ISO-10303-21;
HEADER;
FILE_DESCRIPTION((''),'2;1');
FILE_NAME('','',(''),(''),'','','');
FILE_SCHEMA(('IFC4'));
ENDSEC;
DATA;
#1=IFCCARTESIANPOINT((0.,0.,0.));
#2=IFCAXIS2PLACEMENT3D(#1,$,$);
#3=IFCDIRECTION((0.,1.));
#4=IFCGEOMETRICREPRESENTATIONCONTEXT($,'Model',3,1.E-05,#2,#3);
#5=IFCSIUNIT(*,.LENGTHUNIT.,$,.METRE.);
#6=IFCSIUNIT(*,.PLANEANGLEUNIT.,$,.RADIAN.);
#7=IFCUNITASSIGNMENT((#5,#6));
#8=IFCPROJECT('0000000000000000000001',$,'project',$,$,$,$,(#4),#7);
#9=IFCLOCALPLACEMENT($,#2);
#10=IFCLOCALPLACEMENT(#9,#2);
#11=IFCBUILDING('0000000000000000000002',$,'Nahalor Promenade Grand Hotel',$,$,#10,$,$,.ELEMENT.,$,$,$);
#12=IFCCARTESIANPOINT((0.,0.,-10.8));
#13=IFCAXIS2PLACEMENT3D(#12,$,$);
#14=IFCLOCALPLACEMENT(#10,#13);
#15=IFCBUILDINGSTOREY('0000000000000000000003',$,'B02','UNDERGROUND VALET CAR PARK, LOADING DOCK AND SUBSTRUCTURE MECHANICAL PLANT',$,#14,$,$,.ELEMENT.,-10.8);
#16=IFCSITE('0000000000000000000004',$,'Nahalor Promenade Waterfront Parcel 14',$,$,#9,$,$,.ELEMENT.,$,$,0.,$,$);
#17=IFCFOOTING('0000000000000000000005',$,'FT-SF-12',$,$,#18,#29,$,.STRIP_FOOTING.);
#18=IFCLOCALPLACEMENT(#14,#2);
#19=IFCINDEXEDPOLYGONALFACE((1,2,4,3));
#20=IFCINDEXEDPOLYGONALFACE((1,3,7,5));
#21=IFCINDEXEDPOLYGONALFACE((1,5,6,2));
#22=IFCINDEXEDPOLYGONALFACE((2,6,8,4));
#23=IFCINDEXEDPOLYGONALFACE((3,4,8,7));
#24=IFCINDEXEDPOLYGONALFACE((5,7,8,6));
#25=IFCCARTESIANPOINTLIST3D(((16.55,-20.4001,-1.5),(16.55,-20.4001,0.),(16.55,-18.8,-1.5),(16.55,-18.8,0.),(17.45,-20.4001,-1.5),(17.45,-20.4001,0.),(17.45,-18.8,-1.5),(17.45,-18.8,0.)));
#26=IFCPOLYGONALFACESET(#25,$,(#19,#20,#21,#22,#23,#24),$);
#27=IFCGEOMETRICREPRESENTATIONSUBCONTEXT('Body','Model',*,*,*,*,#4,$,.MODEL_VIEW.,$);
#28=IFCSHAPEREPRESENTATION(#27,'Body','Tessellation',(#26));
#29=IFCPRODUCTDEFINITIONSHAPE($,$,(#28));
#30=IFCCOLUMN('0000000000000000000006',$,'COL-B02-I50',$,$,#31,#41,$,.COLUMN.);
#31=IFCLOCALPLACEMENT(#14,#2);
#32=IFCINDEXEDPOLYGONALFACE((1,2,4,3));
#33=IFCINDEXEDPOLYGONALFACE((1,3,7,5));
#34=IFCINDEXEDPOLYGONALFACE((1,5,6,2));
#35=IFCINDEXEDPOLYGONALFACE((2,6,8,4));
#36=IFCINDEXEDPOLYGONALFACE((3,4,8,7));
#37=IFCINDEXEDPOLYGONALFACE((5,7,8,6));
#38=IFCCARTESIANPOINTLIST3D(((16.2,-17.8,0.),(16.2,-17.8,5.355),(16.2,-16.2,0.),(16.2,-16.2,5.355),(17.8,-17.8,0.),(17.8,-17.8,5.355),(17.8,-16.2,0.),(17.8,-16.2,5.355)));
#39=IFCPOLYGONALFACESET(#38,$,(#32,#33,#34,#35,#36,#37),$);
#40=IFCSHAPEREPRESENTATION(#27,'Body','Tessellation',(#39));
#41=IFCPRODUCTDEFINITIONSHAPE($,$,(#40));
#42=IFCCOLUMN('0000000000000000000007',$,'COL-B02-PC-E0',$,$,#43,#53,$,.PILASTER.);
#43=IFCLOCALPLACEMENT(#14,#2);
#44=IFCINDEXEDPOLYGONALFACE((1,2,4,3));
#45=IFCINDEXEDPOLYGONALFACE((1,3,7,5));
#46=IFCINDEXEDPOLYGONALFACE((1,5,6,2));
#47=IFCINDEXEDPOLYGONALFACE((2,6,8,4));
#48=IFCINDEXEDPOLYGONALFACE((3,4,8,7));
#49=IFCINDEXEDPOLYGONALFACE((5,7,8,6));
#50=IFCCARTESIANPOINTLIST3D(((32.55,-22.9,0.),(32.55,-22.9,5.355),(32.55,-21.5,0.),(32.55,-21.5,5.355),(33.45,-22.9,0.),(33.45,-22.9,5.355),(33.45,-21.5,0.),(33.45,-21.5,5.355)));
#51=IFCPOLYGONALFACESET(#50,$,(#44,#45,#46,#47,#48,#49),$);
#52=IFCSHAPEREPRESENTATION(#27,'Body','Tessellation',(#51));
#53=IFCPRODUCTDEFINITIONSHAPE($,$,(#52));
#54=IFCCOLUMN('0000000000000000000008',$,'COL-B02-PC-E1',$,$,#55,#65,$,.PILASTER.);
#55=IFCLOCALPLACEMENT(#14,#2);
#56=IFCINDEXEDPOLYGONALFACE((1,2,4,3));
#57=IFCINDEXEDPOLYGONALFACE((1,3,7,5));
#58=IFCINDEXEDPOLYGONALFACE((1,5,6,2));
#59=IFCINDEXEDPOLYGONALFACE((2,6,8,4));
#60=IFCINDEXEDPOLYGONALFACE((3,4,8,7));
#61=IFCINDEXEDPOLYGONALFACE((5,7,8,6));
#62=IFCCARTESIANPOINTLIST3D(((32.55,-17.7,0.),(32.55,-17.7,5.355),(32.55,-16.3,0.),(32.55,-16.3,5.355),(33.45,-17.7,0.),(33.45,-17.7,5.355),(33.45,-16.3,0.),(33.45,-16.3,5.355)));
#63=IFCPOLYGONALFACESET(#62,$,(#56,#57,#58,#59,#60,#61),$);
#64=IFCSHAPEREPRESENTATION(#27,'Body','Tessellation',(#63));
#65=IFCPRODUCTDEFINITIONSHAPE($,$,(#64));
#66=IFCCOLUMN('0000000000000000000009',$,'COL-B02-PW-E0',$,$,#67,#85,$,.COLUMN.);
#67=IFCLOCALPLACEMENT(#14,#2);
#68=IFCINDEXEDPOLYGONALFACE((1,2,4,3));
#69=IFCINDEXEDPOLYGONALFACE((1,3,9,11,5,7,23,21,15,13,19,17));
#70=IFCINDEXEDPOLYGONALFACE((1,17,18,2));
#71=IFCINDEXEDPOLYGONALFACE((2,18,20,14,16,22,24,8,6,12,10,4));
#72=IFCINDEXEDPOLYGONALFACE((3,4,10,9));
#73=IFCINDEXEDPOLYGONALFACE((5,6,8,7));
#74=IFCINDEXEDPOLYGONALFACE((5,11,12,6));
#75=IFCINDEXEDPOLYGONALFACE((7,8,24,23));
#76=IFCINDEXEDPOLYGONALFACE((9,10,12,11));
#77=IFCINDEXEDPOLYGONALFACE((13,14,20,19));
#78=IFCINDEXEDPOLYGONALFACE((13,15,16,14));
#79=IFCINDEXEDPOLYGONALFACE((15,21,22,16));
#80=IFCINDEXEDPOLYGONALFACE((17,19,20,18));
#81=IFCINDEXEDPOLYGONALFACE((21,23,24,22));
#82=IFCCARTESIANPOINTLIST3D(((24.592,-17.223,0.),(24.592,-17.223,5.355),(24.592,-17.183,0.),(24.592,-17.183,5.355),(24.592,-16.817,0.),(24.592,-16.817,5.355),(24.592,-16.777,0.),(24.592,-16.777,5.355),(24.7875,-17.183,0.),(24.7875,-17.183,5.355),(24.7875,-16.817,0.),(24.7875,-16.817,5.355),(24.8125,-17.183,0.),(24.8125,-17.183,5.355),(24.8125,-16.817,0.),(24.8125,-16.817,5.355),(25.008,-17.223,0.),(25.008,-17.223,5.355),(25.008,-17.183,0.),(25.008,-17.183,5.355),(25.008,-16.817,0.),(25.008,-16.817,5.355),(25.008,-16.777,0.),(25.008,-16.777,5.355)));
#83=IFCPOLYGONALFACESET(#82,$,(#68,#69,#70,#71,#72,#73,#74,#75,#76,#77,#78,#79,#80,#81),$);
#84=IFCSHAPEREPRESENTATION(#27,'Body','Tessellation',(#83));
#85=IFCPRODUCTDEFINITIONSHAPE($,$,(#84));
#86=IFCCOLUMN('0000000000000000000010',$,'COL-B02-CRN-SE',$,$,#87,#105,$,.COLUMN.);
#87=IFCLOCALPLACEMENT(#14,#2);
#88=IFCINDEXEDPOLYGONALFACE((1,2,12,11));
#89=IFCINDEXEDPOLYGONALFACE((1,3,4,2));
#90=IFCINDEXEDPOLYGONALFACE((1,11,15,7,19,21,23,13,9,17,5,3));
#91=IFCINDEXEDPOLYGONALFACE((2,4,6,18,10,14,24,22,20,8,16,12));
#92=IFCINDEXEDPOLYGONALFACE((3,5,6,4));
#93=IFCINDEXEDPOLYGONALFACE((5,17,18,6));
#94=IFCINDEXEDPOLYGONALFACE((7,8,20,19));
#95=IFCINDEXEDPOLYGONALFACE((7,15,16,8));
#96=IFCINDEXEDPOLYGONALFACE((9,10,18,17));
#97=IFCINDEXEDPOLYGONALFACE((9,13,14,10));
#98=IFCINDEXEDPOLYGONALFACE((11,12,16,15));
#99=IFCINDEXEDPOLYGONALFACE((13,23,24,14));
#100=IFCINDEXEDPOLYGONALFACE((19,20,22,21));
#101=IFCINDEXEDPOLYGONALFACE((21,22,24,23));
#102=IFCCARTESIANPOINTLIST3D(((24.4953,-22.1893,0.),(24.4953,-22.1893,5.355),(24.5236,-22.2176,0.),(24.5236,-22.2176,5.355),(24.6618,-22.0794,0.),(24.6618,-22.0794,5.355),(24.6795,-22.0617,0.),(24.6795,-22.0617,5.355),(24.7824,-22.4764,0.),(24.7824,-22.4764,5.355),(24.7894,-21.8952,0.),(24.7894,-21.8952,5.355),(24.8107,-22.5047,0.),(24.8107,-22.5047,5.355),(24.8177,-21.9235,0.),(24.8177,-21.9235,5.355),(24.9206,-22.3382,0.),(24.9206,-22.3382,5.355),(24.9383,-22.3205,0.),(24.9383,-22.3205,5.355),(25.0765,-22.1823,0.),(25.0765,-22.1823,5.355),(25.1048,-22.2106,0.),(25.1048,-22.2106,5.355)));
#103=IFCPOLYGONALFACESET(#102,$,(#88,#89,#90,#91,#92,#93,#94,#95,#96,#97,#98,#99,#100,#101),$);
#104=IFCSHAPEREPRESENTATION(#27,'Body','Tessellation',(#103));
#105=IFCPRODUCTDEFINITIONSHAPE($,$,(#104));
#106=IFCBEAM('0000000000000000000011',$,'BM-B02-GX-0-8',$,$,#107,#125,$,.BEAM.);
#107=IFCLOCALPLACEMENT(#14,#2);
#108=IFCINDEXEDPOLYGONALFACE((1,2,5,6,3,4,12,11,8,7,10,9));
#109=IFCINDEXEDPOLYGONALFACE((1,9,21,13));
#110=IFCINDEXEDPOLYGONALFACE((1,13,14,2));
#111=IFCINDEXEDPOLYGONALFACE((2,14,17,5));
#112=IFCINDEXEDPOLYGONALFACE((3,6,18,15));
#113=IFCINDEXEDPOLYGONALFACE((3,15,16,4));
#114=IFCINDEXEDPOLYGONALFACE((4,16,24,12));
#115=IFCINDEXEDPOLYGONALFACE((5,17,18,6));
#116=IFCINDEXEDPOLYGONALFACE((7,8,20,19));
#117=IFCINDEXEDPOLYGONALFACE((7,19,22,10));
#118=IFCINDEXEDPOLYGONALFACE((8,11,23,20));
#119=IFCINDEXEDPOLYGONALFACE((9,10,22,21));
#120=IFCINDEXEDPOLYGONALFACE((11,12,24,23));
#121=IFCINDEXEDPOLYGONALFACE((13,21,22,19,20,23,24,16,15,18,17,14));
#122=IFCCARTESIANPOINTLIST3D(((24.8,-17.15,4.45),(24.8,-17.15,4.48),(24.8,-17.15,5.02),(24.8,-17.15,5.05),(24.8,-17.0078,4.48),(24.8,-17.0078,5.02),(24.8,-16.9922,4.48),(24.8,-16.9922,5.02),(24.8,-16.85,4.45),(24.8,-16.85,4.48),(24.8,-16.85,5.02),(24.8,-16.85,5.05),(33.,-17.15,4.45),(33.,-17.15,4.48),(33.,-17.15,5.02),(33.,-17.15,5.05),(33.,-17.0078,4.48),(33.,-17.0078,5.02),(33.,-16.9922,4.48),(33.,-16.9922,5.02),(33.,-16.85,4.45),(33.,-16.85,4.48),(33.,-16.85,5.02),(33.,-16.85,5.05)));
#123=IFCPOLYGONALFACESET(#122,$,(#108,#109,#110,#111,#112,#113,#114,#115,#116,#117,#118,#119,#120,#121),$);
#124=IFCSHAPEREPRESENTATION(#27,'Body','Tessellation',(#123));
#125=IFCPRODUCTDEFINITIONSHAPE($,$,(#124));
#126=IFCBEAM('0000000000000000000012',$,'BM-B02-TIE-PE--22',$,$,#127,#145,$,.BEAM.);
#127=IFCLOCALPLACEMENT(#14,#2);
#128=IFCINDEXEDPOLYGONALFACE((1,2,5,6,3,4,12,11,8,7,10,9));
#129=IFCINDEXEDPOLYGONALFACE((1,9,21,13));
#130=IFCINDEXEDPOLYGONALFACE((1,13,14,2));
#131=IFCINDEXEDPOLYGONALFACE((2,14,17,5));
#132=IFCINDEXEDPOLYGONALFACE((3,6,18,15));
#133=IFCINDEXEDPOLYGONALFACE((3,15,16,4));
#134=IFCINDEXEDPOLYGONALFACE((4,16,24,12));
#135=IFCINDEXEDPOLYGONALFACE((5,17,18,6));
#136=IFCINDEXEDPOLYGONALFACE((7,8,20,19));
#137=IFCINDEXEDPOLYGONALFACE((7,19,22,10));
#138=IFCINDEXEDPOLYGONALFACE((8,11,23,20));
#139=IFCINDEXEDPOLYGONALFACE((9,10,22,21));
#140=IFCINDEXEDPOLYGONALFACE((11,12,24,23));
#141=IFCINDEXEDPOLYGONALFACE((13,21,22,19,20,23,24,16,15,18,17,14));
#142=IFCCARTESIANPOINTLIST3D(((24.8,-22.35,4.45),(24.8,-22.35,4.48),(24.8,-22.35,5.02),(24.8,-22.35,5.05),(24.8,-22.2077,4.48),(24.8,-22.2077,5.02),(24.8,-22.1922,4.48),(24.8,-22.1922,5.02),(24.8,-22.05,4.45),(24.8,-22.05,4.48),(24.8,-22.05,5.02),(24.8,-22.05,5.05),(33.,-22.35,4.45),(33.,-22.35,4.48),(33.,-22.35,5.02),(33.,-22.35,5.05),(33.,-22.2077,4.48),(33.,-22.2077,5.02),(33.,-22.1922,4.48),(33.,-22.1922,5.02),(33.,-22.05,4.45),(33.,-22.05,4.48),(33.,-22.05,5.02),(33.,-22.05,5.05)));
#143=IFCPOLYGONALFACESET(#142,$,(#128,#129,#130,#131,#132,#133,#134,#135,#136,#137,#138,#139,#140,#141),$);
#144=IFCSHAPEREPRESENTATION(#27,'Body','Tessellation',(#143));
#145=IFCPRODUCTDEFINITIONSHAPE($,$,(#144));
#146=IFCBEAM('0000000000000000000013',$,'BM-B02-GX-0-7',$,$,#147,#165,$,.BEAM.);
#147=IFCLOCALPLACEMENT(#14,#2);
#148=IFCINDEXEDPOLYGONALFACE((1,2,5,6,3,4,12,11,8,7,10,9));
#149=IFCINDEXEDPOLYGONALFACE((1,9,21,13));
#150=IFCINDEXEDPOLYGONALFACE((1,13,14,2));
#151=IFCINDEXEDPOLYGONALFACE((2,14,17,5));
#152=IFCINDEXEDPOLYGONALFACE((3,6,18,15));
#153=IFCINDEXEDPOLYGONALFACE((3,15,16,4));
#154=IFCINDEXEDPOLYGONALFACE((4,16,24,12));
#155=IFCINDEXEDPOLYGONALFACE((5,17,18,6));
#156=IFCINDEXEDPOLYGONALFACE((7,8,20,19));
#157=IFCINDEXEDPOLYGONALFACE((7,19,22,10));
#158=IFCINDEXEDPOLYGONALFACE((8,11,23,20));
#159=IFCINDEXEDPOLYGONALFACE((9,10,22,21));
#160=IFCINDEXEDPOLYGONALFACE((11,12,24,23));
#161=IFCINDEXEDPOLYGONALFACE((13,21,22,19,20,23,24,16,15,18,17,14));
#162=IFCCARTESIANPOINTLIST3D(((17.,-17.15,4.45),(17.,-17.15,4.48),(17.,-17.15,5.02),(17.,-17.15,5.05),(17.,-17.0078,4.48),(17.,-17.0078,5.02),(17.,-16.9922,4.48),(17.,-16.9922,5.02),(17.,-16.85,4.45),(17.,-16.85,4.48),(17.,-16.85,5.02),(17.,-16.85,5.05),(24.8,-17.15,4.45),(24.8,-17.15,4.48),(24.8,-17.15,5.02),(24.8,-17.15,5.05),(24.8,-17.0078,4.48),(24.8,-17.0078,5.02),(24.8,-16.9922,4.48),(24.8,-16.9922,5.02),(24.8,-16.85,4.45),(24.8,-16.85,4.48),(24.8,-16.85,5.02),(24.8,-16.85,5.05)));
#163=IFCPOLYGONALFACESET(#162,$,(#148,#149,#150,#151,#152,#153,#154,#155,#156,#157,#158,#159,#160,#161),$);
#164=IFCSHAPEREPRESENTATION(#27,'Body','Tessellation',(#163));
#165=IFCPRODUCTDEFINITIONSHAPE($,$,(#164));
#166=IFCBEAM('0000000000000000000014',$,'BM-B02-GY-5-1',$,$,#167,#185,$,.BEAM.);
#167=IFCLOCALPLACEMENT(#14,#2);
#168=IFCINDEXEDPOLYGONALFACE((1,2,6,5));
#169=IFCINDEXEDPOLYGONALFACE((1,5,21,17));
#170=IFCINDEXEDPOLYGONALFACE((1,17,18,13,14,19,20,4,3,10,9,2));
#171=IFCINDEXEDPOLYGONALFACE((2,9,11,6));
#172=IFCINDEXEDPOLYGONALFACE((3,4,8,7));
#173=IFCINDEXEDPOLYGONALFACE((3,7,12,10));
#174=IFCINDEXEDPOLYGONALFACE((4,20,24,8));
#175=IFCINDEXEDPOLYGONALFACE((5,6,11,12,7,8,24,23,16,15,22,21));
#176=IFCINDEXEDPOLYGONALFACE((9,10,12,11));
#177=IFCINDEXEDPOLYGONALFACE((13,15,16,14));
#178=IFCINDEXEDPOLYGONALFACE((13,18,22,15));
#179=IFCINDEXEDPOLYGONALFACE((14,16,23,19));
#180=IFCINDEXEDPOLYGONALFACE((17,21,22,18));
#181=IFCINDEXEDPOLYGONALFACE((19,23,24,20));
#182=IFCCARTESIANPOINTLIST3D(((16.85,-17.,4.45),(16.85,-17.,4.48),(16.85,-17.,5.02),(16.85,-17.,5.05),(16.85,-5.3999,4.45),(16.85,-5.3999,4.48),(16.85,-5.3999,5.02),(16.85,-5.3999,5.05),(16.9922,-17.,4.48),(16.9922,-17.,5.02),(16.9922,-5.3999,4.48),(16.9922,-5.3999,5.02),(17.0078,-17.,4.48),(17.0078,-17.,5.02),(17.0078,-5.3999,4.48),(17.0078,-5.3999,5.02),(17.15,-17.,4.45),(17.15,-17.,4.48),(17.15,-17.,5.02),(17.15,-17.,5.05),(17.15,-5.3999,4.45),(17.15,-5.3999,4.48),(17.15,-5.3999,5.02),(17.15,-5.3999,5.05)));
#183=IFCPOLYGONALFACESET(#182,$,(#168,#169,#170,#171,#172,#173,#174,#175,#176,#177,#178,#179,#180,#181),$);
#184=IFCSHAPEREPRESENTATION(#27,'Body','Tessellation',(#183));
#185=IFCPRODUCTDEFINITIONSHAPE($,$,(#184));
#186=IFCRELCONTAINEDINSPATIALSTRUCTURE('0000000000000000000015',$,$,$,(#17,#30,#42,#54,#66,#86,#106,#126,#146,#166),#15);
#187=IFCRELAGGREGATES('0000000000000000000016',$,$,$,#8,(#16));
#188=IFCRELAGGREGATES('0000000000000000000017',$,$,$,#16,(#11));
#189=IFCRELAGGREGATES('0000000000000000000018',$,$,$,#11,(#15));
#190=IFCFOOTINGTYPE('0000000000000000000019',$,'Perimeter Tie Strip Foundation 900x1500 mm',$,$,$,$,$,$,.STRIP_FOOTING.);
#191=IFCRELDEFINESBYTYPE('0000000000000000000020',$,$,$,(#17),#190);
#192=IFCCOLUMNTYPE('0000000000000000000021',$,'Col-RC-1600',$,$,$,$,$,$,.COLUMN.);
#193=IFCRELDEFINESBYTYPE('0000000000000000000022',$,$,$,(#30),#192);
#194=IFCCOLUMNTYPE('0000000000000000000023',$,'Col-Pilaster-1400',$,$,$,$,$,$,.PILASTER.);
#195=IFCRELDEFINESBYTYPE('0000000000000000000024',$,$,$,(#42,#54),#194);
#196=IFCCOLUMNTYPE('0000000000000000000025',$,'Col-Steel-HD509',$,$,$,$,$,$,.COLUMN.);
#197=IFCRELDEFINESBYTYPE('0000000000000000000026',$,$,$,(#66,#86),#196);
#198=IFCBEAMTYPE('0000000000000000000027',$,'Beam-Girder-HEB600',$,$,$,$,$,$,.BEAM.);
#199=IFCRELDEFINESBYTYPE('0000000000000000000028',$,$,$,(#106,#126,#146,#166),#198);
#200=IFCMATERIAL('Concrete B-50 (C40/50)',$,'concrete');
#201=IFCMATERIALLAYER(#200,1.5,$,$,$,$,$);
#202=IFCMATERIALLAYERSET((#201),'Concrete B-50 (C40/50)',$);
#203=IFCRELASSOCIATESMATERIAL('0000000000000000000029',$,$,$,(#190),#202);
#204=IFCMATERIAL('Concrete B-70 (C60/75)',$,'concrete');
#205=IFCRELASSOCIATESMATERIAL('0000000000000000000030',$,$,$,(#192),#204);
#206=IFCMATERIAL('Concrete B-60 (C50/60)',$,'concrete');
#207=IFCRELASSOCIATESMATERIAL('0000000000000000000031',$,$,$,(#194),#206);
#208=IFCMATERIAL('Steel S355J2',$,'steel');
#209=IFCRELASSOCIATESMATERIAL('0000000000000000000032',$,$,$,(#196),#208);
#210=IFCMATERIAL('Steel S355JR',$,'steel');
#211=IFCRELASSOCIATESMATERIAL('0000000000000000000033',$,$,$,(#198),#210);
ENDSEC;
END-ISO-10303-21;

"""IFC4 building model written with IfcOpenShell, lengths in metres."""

from ifc_helpers import new_model, si_unit, direction, frame, origin, origin_2d, place, context, subcontext, project, spatial, rectangle, i_section, extrude, source, transform, mapped, material, layer, layer_set, material_profile, profile_set, type_object, element, save


model = new_model("IFC4")

# Units and contexts
model_context = context("Model", 3, precision=1e-05, world=origin(), true_north=direction((0.0, 1.0)))
body_context = subcontext(model_context, "Body", "Model", "MODEL_VIEW")
ifc_project = project(units=[si_unit("LENGTHUNIT", "METRE"), si_unit("PLANEANGLEUNIT", "RADIAN")], contexts=[model_context])

# Site, building, storey
site_placement = place(None, origin())
site = spatial("IfcSite", under=ifc_project, at=site_placement, Name="Nahalor Promenade Waterfront Parcel 14", CompositionType="ELEMENT", RefElevation=0.0)
building_placement = place(site_placement, origin())
building = spatial("IfcBuilding", under=site, at=building_placement, Name="Nahalor Promenade Grand Hotel", CompositionType="ELEMENT")
storey_placement = place(building_placement, frame((0.0, 0.0, -10.8)))
storey = spatial("IfcBuildingStorey", under=building, at=storey_placement, Name="B02", Description="UNDERGROUND VALET CAR PARK, LOADING DOCK AND SUBSTRUCTURE MECHANICAL PLANT", CompositionType="ELEMENT", Elevation=-10.8)

# Shared definitions
ifc_material_1 = material(Name="Concrete B-50 (C40/50)", Category="concrete")

# Footing
ifc_layer_1 = layer(ifc_material_1, 1.5)
ifc_layer_set_1 = layer_set([ifc_layer_1], Name="Concrete B-50 (C40/50)")
footing_type_1 = type_object("IfcFootingType", Name="Perimeter Tie Strip Foundation 900x1500 mm", PredefinedType="STRIP_FOOTING", material=ifc_layer_set_1)
shared_shape_1 = source(origin(), body_context, "Body", "SweptSolid", [
    extrude(rectangle(XDim=0.8999, YDim=1.6001, at=origin_2d()), origin(), (0.0, 0.0, 1.0), 1.5),
])
footing_1_placement = place(storey_placement, frame((17.0, -19.6001, -1.5), z_axis=(0.0, 0.0, 1.0), x_axis=(1.0, 0.0, 0.0)))
element("IfcFooting", 1, at=footing_1_placement, inside=storey, type_object=footing_type_1, Name="FT-SF-12", PredefinedType="STRIP_FOOTING", context=body_context, shape_type="MappedRepresentation", body=[
    mapped(shared_shape_1, transform((0.0, 0.0, 0.0), scale=1.0)),
])

# Columns
ifc_material_2 = material(Name="Concrete B-70 (C60/75)", Category="concrete")
ifc_material_profile_1 = material_profile(ifc_material_2, rectangle(XDim=1.6, YDim=1.6, at=origin_2d()), Name="RC 1600x1600")
ifc_profile_set_1 = profile_set([ifc_material_profile_1], Name="Concrete B-70 (C60/75)")
column_type_1 = type_object("IfcColumnType", Name="Col-RC-1600", PredefinedType="COLUMN", material=ifc_profile_set_1)
shared_shape_2 = source(origin(), body_context, "Body", "SweptSolid", [
    extrude(rectangle(XDim=1.6, YDim=1.6, at=origin_2d()), origin(), (0.0, 0.0, 1.0), 5.355),
])
column_placement = place(storey_placement, frame((17.0, -17.0, 0.0), z_axis=(0.0, 0.0, 1.0), x_axis=(1.0, 0.0, 0.0)))
element("IfcColumn", 2, at=column_placement, inside=storey, type_object=column_type_1, Name="COL-B02-I50", PredefinedType="COLUMN", context=body_context, shape_type="MappedRepresentation", body=[
    mapped(shared_shape_2, transform((0.0, 0.0, 0.0), scale=1.0)),
])
ifc_material_3 = material(Name="Concrete B-60 (C50/60)", Category="concrete")
ifc_material_profile_2 = material_profile(ifc_material_3, rectangle(XDim=0.9, YDim=1.4, at=origin_2d()), Name="RC 900x1400")
ifc_profile_set_2 = profile_set([ifc_material_profile_2], Name="Concrete B-60 (C50/60)")
column_type_2 = type_object("IfcColumnType", Name="Col-Pilaster-1400", PredefinedType="PILASTER", material=ifc_profile_set_2)
shared_shape_3 = source(origin(), body_context, "Body", "SweptSolid", [
    extrude(rectangle(XDim=0.9, YDim=1.4, at=origin_2d()), origin(), (0.0, 0.0, 1.0), 5.355),
])
for number, where, z_axis, x_axis, name in (
    (3, (33.0, -22.2, 0.0), (0.0, 0.0, 1.0), (1.0, 0.0, 0.0), "COL-B02-PC-E0"),
    (4, (33.0, -17.0, 0.0), (0.0, 0.0, 1.0), (1.0, 0.0, 0.0), "COL-B02-PC-E1"),
):
    element("IfcColumn", number, at=place(storey_placement, frame(where, z_axis=z_axis, x_axis=x_axis)), inside=storey, type_object=column_type_2, Name=name, PredefinedType="PILASTER", context=body_context, shape_type="MappedRepresentation", body=[
        mapped(shared_shape_3, transform((0.0, 0.0, 0.0), scale=1.0)),
    ])
ifc_material_4 = material(Name="Steel S355J2", Category="steel")
ifc_material_profile_3 = material_profile(ifc_material_4, i_section(OverallWidth=0.416, OverallDepth=0.446, WebThickness=0.025, FlangeThickness=0.04, at=origin_2d()), Name="HD 400x509")
ifc_profile_set_3 = profile_set([ifc_material_profile_3], Name="Steel S355J2")
column_type_3 = type_object("IfcColumnType", Name="Col-Steel-HD509", PredefinedType="COLUMN", material=ifc_profile_set_3)
shared_shape_4 = source(origin(), body_context, "Body", "SweptSolid", [
    extrude(i_section(OverallWidth=0.416, OverallDepth=0.446, WebThickness=0.025, FlangeThickness=0.04, at=origin_2d()), origin(), (0.0, 0.0, 1.0), 5.355),
])
for number, where, z_axis, x_axis, name in (
    (5, (24.8, -17.0, 0.0), (0.0, 0.0, 1.0), (1.0, 0.0, 0.0), "COL-B02-PW-E0"),
    (6, (24.8, -22.2, 0.0), (0.0, 0.0, 1.0), (0.707107, 0.707107, 0.0), "COL-B02-CRN-SE"),
):
    element("IfcColumn", number, at=place(storey_placement, frame(where, z_axis=z_axis, x_axis=x_axis)), inside=storey, type_object=column_type_3, Name=name, PredefinedType="COLUMN", context=body_context, shape_type="MappedRepresentation", body=[
        mapped(shared_shape_4, transform((0.0, 0.0, 0.0), scale=1.0)),
    ])

# Beams
ifc_material_5 = material(Name="Steel S355JR", Category="steel")
ifc_material_profile_4 = material_profile(ifc_material_5, i_section(OverallWidth=0.3, OverallDepth=0.6, WebThickness=0.0155, FlangeThickness=0.03, at=origin_2d()), Name="HEB 600")
ifc_profile_set_4 = profile_set([ifc_material_profile_4], Name="Steel S355JR")
beam_type_1 = type_object("IfcBeamType", Name="Beam-Girder-HEB600", PredefinedType="BEAM", material=ifc_profile_set_4)
shared_shape_5 = source(origin(), body_context, "Body", "SweptSolid", [
    extrude(i_section(OverallWidth=0.3, OverallDepth=0.6, WebThickness=0.0155, FlangeThickness=0.03, at=origin_2d()), origin(), (0.0, 0.0, 1.0), 8.2),
])
for number, where, z_axis, x_axis, name in (
    (7, (24.8, -17.0, 4.75), (1.0, 0.0, 0.0), (0.0, 1.0, 0.0), "BM-B02-GX-0-8"),
    (8, (24.8, -22.2, 4.75), (1.0, 0.0, 0.0), (0.0, 1.0, 0.0), "BM-B02-TIE-PE--22"),
):
    element("IfcBeam", number, at=place(storey_placement, frame(where, z_axis=z_axis, x_axis=x_axis)), inside=storey, type_object=beam_type_1, Name=name, PredefinedType="BEAM", context=body_context, shape_type="MappedRepresentation", body=[
        mapped(shared_shape_5, transform((0.0, 0.0, 0.0), scale=1.0)),
    ])
shared_shape_6 = source(origin(), body_context, "Body", "SweptSolid", [
    extrude(i_section(OverallWidth=0.3, OverallDepth=0.6, WebThickness=0.0155, FlangeThickness=0.03, at=origin_2d()), origin(), (0.0, 0.0, 1.0), 7.8),
])
beam_1_placement = place(storey_placement, frame((17.0, -17.0, 4.75), z_axis=(1.0, 0.0, 0.0), x_axis=(0.0, 1.0, 0.0)))
element("IfcBeam", 9, at=beam_1_placement, inside=storey, type_object=beam_type_1, Name="BM-B02-GX-0-7", PredefinedType="BEAM", context=body_context, shape_type="MappedRepresentation", body=[
    mapped(shared_shape_6, transform((0.0, 0.0, 0.0), scale=1.0)),
])
shared_shape_7 = source(origin(), body_context, "Body", "SweptSolid", [
    extrude(i_section(OverallWidth=0.3, OverallDepth=0.6, WebThickness=0.0155, FlangeThickness=0.03, at=origin_2d()), origin(), (0.0, 0.0, 1.0), 11.6001),
])
beam_2_placement = place(storey_placement, frame((17.0, -17.0, 4.75), z_axis=(0.0, 1.0, 0.0), x_axis=(-1.0, 0.0, 0.0)))
element("IfcBeam", 10, at=beam_2_placement, inside=storey, type_object=beam_type_1, Name="BM-B02-GY-5-1", PredefinedType="BEAM", context=body_context, shape_type="MappedRepresentation", body=[
    mapped(shared_shape_7, transform((0.0, 0.0, 0.0), scale=1.0)),
])

save(model, "model.ifc")
